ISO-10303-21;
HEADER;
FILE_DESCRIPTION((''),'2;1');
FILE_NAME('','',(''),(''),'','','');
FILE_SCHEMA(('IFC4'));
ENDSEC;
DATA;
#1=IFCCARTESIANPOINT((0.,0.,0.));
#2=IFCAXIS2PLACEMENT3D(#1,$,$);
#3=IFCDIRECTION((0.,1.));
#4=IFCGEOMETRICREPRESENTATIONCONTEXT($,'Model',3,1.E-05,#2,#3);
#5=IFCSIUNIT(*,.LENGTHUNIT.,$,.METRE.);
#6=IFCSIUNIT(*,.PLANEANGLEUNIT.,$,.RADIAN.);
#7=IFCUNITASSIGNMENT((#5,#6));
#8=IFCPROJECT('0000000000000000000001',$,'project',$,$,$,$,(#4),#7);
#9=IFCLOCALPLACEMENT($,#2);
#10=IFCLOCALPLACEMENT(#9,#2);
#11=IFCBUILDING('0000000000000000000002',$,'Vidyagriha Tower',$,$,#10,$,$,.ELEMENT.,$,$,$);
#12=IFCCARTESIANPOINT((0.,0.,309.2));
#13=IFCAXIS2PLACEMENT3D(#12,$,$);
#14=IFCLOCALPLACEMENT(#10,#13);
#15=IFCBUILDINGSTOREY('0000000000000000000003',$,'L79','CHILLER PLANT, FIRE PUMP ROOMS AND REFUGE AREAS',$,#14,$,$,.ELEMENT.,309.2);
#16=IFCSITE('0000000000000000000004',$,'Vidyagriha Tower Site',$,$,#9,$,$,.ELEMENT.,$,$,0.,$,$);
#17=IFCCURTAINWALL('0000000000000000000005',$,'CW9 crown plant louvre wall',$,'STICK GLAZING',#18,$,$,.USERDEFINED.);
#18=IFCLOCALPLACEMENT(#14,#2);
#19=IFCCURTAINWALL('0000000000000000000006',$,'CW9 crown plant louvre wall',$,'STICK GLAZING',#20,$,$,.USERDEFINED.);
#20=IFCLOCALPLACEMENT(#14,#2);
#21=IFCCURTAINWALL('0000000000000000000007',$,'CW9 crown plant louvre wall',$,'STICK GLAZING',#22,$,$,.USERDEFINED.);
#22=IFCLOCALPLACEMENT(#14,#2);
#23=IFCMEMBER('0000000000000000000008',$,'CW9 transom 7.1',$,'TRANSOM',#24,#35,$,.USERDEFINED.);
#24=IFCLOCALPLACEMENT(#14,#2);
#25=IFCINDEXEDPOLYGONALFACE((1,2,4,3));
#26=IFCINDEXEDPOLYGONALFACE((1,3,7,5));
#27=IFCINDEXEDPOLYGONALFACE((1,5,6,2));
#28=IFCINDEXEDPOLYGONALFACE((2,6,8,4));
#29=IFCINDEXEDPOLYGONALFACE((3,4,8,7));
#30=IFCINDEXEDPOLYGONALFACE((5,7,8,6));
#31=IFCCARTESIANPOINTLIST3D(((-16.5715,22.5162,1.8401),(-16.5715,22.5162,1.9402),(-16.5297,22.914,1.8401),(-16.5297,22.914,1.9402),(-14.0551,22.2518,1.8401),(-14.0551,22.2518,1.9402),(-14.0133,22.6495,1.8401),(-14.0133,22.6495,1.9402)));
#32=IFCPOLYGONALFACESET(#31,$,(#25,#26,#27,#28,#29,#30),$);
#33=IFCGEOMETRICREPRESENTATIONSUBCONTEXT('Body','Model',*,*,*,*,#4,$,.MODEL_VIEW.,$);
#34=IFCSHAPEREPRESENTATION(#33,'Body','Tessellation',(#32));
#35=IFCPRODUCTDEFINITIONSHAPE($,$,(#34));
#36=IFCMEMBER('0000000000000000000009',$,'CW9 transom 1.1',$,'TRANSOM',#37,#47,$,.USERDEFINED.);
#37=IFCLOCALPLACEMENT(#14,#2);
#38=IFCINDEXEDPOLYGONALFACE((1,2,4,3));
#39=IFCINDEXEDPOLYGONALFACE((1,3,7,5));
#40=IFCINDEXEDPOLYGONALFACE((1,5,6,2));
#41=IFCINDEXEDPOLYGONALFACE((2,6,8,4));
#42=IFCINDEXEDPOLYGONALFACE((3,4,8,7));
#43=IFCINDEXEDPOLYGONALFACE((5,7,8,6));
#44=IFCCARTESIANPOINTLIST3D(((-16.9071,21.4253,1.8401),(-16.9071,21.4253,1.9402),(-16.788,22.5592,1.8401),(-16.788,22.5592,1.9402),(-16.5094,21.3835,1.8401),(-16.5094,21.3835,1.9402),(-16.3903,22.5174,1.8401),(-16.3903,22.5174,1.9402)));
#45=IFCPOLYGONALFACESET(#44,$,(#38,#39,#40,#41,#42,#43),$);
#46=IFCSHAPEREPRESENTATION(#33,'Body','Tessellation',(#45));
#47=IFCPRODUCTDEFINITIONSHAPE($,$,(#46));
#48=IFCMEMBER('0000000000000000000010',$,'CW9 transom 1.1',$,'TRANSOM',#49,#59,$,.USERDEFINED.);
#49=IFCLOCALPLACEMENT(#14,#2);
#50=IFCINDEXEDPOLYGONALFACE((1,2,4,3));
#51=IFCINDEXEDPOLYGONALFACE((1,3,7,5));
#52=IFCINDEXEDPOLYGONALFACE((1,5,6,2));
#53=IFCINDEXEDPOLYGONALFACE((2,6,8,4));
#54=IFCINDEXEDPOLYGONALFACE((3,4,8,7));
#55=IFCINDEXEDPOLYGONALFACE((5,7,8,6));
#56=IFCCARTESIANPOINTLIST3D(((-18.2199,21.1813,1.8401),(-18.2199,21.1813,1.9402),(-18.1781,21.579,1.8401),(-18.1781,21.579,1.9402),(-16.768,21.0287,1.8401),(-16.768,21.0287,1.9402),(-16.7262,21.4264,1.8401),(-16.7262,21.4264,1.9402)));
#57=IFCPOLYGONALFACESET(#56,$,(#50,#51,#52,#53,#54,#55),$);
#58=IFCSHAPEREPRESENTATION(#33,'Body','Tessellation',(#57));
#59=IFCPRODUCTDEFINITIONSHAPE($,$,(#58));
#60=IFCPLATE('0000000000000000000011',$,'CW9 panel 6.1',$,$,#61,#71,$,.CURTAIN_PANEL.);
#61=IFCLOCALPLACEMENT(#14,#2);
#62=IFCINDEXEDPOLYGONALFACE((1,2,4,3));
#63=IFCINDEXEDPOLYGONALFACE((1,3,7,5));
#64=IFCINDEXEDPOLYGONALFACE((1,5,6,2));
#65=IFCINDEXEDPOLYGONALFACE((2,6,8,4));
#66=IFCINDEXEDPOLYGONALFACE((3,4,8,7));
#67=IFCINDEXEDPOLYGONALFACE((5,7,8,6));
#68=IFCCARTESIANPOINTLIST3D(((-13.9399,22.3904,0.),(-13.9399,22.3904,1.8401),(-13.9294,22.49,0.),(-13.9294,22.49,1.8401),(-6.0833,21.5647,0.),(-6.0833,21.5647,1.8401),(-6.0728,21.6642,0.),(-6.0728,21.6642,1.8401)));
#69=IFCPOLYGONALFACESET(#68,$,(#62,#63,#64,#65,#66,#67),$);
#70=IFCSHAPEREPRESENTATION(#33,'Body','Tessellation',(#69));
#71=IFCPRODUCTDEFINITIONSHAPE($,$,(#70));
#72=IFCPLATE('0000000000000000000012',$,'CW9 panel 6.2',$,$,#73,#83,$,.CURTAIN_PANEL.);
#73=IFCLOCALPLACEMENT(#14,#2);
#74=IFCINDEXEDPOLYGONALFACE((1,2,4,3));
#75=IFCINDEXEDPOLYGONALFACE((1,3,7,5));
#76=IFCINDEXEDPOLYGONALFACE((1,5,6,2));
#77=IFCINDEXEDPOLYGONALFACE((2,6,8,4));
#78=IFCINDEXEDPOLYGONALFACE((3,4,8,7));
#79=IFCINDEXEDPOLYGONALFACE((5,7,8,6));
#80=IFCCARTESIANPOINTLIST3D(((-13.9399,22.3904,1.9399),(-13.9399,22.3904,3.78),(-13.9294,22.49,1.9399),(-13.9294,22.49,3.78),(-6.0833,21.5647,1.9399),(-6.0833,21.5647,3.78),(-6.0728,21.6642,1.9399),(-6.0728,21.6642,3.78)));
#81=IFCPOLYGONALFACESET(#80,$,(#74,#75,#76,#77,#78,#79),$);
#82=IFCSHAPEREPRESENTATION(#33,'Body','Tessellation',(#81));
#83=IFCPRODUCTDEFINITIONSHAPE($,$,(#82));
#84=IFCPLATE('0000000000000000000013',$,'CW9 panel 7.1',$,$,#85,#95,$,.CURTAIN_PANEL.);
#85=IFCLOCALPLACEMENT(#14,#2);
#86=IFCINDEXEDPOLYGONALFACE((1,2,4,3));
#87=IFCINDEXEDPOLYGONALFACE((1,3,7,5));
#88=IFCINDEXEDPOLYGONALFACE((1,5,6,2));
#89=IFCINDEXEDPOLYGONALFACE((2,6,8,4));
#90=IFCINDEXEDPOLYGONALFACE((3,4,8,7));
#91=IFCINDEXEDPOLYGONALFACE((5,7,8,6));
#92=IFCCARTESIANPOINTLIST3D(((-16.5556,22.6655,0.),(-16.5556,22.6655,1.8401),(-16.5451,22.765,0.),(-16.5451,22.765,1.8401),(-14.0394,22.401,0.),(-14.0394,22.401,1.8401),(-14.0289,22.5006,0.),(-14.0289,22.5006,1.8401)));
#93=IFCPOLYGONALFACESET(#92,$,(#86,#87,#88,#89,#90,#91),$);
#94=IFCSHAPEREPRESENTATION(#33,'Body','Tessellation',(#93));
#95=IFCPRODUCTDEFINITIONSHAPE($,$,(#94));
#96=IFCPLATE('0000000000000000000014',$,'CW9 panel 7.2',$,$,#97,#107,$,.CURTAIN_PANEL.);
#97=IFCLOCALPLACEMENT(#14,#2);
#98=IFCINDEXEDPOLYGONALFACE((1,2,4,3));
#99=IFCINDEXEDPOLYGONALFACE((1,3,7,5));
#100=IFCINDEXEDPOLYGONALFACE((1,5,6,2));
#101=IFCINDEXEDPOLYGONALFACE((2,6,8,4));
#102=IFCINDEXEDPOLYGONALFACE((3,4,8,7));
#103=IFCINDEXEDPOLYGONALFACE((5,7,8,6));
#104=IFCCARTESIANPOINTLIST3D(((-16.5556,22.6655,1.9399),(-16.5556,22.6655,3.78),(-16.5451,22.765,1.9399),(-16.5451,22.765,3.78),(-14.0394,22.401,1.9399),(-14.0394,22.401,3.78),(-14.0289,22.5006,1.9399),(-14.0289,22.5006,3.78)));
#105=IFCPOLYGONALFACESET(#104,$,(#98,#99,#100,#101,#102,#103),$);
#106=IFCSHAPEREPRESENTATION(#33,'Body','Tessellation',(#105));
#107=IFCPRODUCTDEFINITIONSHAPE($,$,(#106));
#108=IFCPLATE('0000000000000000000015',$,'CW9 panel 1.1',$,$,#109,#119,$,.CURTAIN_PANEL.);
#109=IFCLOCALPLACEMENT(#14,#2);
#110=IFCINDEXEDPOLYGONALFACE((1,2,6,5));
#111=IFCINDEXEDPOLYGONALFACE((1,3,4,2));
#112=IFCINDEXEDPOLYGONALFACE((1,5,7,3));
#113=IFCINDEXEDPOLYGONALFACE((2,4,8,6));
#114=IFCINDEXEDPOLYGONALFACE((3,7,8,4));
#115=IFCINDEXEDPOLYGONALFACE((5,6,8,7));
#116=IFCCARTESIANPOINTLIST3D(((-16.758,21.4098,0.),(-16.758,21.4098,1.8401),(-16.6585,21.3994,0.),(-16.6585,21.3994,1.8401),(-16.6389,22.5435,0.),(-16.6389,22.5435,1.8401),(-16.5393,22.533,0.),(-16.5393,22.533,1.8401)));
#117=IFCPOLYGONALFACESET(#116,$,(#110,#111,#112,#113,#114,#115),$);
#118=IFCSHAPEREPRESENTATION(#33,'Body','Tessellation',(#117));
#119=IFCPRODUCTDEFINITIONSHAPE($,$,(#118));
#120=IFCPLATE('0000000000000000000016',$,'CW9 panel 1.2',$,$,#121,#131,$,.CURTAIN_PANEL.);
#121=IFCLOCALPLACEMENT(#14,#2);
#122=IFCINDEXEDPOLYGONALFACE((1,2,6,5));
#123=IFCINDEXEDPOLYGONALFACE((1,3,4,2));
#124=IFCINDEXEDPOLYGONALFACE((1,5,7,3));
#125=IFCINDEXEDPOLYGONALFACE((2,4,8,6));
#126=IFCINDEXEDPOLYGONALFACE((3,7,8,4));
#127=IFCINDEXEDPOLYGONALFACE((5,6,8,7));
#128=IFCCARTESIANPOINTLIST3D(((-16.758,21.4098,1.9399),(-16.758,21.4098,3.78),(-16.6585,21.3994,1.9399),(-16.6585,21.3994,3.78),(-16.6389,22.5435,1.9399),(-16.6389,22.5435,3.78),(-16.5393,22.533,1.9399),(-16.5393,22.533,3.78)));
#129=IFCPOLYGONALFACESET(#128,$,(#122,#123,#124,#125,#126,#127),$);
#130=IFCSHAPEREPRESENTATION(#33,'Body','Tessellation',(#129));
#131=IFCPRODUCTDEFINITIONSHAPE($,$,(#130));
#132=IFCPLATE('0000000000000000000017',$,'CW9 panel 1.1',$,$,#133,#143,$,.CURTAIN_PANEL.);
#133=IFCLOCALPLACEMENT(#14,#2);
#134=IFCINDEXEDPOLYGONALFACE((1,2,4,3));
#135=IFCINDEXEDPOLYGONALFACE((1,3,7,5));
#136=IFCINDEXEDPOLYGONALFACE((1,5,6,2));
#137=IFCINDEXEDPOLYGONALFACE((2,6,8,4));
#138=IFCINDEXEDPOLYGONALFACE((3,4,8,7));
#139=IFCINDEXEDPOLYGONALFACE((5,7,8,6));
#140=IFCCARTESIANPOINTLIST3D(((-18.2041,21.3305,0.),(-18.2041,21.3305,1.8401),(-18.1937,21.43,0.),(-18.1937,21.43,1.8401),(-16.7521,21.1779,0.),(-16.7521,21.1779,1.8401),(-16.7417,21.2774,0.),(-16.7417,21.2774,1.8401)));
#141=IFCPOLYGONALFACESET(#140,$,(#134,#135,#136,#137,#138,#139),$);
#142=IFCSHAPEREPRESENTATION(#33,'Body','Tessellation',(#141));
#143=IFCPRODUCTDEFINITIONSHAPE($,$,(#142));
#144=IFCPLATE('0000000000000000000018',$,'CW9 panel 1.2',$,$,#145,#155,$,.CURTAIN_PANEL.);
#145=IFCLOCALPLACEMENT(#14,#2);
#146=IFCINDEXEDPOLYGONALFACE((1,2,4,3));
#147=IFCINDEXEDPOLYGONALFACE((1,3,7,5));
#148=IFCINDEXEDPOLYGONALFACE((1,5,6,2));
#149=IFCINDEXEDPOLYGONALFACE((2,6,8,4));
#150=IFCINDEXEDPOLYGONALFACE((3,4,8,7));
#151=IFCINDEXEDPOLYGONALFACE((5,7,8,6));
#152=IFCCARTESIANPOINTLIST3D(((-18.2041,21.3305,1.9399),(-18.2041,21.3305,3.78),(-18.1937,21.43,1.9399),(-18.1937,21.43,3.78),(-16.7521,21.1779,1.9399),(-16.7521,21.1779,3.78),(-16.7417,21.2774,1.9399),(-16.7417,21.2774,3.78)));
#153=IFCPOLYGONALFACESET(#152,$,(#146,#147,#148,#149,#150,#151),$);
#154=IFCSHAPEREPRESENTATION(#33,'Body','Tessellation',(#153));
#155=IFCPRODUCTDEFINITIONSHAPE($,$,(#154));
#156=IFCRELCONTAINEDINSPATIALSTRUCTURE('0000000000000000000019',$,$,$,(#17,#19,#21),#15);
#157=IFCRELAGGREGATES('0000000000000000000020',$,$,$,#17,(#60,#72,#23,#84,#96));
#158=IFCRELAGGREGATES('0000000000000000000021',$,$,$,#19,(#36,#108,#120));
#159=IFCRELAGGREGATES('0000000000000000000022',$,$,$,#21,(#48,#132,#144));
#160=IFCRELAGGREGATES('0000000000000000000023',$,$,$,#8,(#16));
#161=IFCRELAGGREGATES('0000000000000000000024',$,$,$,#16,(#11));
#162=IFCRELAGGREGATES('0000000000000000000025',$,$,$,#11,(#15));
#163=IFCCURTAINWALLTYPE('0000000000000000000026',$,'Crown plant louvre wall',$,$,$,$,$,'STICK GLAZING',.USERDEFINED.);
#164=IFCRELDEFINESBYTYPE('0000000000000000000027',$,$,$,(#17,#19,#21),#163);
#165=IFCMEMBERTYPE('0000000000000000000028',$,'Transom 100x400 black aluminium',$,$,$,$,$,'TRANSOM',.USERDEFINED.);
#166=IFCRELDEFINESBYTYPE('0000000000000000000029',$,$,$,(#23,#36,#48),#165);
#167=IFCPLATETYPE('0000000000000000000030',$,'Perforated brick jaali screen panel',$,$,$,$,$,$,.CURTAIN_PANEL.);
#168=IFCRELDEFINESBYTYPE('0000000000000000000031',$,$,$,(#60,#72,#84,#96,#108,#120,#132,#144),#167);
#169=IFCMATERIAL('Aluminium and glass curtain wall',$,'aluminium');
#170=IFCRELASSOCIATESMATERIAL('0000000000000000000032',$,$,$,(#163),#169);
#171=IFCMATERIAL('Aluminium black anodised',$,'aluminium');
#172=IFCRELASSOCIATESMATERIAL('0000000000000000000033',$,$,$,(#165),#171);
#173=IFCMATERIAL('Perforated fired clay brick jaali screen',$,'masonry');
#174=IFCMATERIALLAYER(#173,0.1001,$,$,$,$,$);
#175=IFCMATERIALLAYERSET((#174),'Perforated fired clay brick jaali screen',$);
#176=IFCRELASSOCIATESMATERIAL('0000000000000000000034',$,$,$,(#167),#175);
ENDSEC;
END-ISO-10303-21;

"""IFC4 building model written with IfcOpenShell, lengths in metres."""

from ifc_helpers import new_model, si_unit, direction, frame, origin, origin_2d, place, context, subcontext, project, spatial, rectangle, extrude, material, layer, layer_set, material_profile, profile_set, type_object, element, aggregate, save


model = new_model("IFC4")

# Units and contexts
model_context = context("Model", 3, precision=1e-05, world=origin(), true_north=direction((0.0, 1.0)))
body_context = subcontext(model_context, "Body", "Model", "MODEL_VIEW")
ifc_project = project(units=[si_unit("LENGTHUNIT", "METRE"), si_unit("PLANEANGLEUNIT", "RADIAN")], contexts=[model_context])

# Site, building, storey
site_placement = place(None, origin())
site = spatial("IfcSite", under=ifc_project, at=site_placement, Name="Vidyagriha Tower Site", CompositionType="ELEMENT", RefElevation=0.0)
building_placement = place(site_placement, origin())
building = spatial("IfcBuilding", under=site, at=building_placement, Name="Vidyagriha Tower", CompositionType="ELEMENT")
storey_placement = place(building_placement, frame((0.0, 0.0, 309.2)))
storey = spatial("IfcBuildingStorey", under=building, at=storey_placement, Name="L79", Description="CHILLER PLANT, FIRE PUMP ROOMS AND REFUGE AREAS", CompositionType="ELEMENT", Elevation=309.2)

# Curtain walls
ifc_material_1 = material(Name="Aluminium and glass curtain wall", Category="aluminium")
curtain_wall_type = type_object("IfcCurtainWallType", Name="Crown plant louvre wall", ElementType="STICK GLAZING", PredefinedType="USERDEFINED", material=ifc_material_1)
curtain_wall_1_placement = place(storey_placement, origin())
curtain_wall_1 = element("IfcCurtainWall", 1, at=curtain_wall_1_placement, inside=storey, type_object=curtain_wall_type, Name="CW9 crown plant louvre wall", ObjectType="STICK GLAZING", PredefinedType="USERDEFINED")
curtain_wall_2_placement = place(storey_placement, origin())
curtain_wall_2 = element("IfcCurtainWall", 2, at=curtain_wall_2_placement, inside=storey, type_object=curtain_wall_type, Name="CW9 crown plant louvre wall", ObjectType="STICK GLAZING", PredefinedType="USERDEFINED")

# Curtain wall
curtain_wall_3_placement = place(storey_placement, origin())
curtain_wall_3 = element("IfcCurtainWall", 3, at=curtain_wall_3_placement, inside=storey, type_object=curtain_wall_type, Name="CW9 crown plant louvre wall", ObjectType="STICK GLAZING", PredefinedType="USERDEFINED")

# Members
ifc_material_2 = material(Name="Aluminium black anodised", Category="aluminium")
ifc_material_profile_1 = material_profile(ifc_material_2, rectangle(XDim=0.3999, YDim=0.1001, at=origin_2d()), Name="Transom 100x400 black aluminium")
ifc_profile_set_1 = profile_set([ifc_material_profile_1], Name="Aluminium black anodised")
member_type_1 = type_object("IfcMemberType", Name="Transom 100x400 black aluminium", ElementType="TRANSOM", PredefinedType="USERDEFINED", material=ifc_profile_set_1)
member_1_placement = place(storey_placement, frame((-14.0342, 22.4507, 1.8901), z_axis=(-0.994525, 0.104499, 0.0), x_axis=(-0.104499, -0.994525, 0.0)))
member_1 = element("IfcMember", 4, at=member_1_placement, type_object=member_type_1, Name="CW9 transom 7.1", ObjectType="TRANSOM", PredefinedType="USERDEFINED", context=body_context, shape_type="SweptSolid", body=[
    extrude(rectangle(XDim=0.3999, YDim=0.1001, at=origin_2d()), origin(), (0.0, 0.0, 1.0), 2.5303),
])
member_2_placement = place(storey_placement, frame((-16.5891, 22.5383, 1.8901), z_axis=(-0.104506, -0.994524, 0.0), x_axis=(0.994524, -0.104506, 0.0)))
member_2 = element("IfcMember", 5, at=member_2_placement, type_object=member_type_1, Name="CW9 transom 1.1", ObjectType="TRANSOM", PredefinedType="USERDEFINED", context=body_context, shape_type="SweptSolid", body=[
    extrude(rectangle(XDim=0.3999, YDim=0.1001, at=origin_2d()), origin(), (0.0, 0.0, 1.0), 1.1401),
])
member_3_placement = place(storey_placement, frame((-16.7471, 21.2275, 1.8901), z_axis=(-0.994523, 0.104519, 0.0), x_axis=(-0.104519, -0.994523, 0.0)))
member_3 = element("IfcMember", 6, at=member_3_placement, type_object=member_type_1, Name="CW9 transom 1.1", ObjectType="TRANSOM", PredefinedType="USERDEFINED", context=body_context, shape_type="SweptSolid", body=[
    extrude(rectangle(XDim=0.3999, YDim=0.1001, at=origin_2d()), origin(), (0.0, 0.0, 1.0), 1.46),
])

# Plates
ifc_material_3 = material(Name="Perforated fired clay brick jaali screen", Category="masonry")
ifc_layer = layer(ifc_material_3, 0.1001)
ifc_layer_set = layer_set([ifc_layer], Name="Perforated fired clay brick jaali screen")
plate_type = type_object("IfcPlateType", Name="Perforated brick jaali screen panel", PredefinedType="CURTAIN_PANEL", material=ifc_layer_set)
plate_1_placement = place(storey_placement, frame((-10.0063, 22.0273, 0.0), z_axis=(0.0, 0.0, 1.0), x_axis=(-0.994522, 0.104528, 0.0)))
plate_1 = element("IfcPlate", 7, at=plate_1_placement, type_object=plate_type, Name="CW9 panel 6.1", PredefinedType="CURTAIN_PANEL", context=body_context, shape_type="SweptSolid", body=[
    extrude(rectangle(XDim=7.8999, YDim=0.1001, at=origin_2d()), origin(), (0.0, 0.0, 1.0), 1.8401),
])
plate_2_placement = place(storey_placement, frame((-10.0063, 22.0273, 1.9399), z_axis=(0.0, 0.0, 1.0), x_axis=(-0.994522, 0.104528, 0.0)))
plate_2 = element("IfcPlate", 8, at=plate_2_placement, type_object=plate_type, Name="CW9 panel 6.2", PredefinedType="CURTAIN_PANEL", context=body_context, shape_type="SweptSolid", body=[
    extrude(rectangle(XDim=7.8999, YDim=0.1001, at=origin_2d()), origin(), (0.0, 0.0, 1.0), 1.8401),
])
plate_3_placement = place(storey_placement, frame((-15.2922, 22.583, 0.0), z_axis=(0.0, 0.0, 1.0), x_axis=(-0.994522, 0.104528, 0.0)))
plate_3 = element("IfcPlate", 9, at=plate_3_placement, type_object=plate_type, Name="CW9 panel 7.1", PredefinedType="CURTAIN_PANEL", context=body_context, shape_type="SweptSolid", body=[
    extrude(rectangle(XDim=2.53, YDim=0.1001, at=origin_2d()), origin(), (0.0, 0.0, 1.0), 1.8401),
])
plate_4_placement = place(storey_placement, frame((-15.2922, 22.583, 1.9399), z_axis=(0.0, 0.0, 1.0), x_axis=(-0.994522, 0.104528, 0.0)))
plate_4 = element("IfcPlate", 10, at=plate_4_placement, type_object=plate_type, Name="CW9 panel 7.2", PredefinedType="CURTAIN_PANEL", context=body_context, shape_type="SweptSolid", body=[
    extrude(rectangle(XDim=2.53, YDim=0.1001, at=origin_2d()), origin(), (0.0, 0.0, 1.0), 1.8401),
])
aggregate(curtain_wall_1, [plate_1, plate_2, member_1, plate_3, plate_4])
plate_5_placement = place(storey_placement, frame((-16.6487, 21.9714, 0.0), z_axis=(0.0, 0.0, 1.0), x_axis=(-0.104549, -0.99452, 0.0)))
plate_5 = element("IfcPlate", 11, at=plate_5_placement, type_object=plate_type, Name="CW9 panel 1.1", PredefinedType="CURTAIN_PANEL", context=body_context, shape_type="SweptSolid", body=[
    extrude(rectangle(XDim=1.1399, YDim=0.1001, at=origin_2d()), origin(), (0.0, 0.0, 1.0), 1.8401),
])
plate_6_placement = place(storey_placement, frame((-16.6487, 21.9714, 1.9399), z_axis=(0.0, 0.0, 1.0), x_axis=(-0.104549, -0.99452, 0.0)))
plate_6 = element("IfcPlate", 12, at=plate_6_placement, type_object=plate_type, Name="CW9 panel 1.2", PredefinedType="CURTAIN_PANEL", context=body_context, shape_type="SweptSolid", body=[
    extrude(rectangle(XDim=1.1399, YDim=0.1001, at=origin_2d()), origin(), (0.0, 0.0, 1.0), 1.8401),
])
aggregate(curtain_wall_2, [member_2, plate_5, plate_6])
plate_7_placement = place(storey_placement, frame((-17.4729, 21.304, 0.0), z_axis=(0.0, 0.0, 1.0), x_axis=(-0.994523, 0.104519, 0.0)))
plate_7 = element("IfcPlate", 13, at=plate_7_placement, type_object=plate_type, Name="CW9 panel 1.1", PredefinedType="CURTAIN_PANEL", context=body_context, shape_type="SweptSolid", body=[
    extrude(rectangle(XDim=1.46, YDim=0.1001, at=origin_2d()), origin(), (0.0, 0.0, 1.0), 1.8401),
])
plate_8_placement = place(storey_placement, frame((-17.4729, 21.304, 1.9399), z_axis=(0.0, 0.0, 1.0), x_axis=(-0.994523, 0.104519, 0.0)))
plate_8 = element("IfcPlate", 14, at=plate_8_placement, type_object=plate_type, Name="CW9 panel 1.2", PredefinedType="CURTAIN_PANEL", context=body_context, shape_type="SweptSolid", body=[
    extrude(rectangle(XDim=1.46, YDim=0.1001, at=origin_2d()), origin(), (0.0, 0.0, 1.0), 1.8401),
])
aggregate(curtain_wall_3, [member_3, plate_7, plate_8])

save(model, "model.ifc")
